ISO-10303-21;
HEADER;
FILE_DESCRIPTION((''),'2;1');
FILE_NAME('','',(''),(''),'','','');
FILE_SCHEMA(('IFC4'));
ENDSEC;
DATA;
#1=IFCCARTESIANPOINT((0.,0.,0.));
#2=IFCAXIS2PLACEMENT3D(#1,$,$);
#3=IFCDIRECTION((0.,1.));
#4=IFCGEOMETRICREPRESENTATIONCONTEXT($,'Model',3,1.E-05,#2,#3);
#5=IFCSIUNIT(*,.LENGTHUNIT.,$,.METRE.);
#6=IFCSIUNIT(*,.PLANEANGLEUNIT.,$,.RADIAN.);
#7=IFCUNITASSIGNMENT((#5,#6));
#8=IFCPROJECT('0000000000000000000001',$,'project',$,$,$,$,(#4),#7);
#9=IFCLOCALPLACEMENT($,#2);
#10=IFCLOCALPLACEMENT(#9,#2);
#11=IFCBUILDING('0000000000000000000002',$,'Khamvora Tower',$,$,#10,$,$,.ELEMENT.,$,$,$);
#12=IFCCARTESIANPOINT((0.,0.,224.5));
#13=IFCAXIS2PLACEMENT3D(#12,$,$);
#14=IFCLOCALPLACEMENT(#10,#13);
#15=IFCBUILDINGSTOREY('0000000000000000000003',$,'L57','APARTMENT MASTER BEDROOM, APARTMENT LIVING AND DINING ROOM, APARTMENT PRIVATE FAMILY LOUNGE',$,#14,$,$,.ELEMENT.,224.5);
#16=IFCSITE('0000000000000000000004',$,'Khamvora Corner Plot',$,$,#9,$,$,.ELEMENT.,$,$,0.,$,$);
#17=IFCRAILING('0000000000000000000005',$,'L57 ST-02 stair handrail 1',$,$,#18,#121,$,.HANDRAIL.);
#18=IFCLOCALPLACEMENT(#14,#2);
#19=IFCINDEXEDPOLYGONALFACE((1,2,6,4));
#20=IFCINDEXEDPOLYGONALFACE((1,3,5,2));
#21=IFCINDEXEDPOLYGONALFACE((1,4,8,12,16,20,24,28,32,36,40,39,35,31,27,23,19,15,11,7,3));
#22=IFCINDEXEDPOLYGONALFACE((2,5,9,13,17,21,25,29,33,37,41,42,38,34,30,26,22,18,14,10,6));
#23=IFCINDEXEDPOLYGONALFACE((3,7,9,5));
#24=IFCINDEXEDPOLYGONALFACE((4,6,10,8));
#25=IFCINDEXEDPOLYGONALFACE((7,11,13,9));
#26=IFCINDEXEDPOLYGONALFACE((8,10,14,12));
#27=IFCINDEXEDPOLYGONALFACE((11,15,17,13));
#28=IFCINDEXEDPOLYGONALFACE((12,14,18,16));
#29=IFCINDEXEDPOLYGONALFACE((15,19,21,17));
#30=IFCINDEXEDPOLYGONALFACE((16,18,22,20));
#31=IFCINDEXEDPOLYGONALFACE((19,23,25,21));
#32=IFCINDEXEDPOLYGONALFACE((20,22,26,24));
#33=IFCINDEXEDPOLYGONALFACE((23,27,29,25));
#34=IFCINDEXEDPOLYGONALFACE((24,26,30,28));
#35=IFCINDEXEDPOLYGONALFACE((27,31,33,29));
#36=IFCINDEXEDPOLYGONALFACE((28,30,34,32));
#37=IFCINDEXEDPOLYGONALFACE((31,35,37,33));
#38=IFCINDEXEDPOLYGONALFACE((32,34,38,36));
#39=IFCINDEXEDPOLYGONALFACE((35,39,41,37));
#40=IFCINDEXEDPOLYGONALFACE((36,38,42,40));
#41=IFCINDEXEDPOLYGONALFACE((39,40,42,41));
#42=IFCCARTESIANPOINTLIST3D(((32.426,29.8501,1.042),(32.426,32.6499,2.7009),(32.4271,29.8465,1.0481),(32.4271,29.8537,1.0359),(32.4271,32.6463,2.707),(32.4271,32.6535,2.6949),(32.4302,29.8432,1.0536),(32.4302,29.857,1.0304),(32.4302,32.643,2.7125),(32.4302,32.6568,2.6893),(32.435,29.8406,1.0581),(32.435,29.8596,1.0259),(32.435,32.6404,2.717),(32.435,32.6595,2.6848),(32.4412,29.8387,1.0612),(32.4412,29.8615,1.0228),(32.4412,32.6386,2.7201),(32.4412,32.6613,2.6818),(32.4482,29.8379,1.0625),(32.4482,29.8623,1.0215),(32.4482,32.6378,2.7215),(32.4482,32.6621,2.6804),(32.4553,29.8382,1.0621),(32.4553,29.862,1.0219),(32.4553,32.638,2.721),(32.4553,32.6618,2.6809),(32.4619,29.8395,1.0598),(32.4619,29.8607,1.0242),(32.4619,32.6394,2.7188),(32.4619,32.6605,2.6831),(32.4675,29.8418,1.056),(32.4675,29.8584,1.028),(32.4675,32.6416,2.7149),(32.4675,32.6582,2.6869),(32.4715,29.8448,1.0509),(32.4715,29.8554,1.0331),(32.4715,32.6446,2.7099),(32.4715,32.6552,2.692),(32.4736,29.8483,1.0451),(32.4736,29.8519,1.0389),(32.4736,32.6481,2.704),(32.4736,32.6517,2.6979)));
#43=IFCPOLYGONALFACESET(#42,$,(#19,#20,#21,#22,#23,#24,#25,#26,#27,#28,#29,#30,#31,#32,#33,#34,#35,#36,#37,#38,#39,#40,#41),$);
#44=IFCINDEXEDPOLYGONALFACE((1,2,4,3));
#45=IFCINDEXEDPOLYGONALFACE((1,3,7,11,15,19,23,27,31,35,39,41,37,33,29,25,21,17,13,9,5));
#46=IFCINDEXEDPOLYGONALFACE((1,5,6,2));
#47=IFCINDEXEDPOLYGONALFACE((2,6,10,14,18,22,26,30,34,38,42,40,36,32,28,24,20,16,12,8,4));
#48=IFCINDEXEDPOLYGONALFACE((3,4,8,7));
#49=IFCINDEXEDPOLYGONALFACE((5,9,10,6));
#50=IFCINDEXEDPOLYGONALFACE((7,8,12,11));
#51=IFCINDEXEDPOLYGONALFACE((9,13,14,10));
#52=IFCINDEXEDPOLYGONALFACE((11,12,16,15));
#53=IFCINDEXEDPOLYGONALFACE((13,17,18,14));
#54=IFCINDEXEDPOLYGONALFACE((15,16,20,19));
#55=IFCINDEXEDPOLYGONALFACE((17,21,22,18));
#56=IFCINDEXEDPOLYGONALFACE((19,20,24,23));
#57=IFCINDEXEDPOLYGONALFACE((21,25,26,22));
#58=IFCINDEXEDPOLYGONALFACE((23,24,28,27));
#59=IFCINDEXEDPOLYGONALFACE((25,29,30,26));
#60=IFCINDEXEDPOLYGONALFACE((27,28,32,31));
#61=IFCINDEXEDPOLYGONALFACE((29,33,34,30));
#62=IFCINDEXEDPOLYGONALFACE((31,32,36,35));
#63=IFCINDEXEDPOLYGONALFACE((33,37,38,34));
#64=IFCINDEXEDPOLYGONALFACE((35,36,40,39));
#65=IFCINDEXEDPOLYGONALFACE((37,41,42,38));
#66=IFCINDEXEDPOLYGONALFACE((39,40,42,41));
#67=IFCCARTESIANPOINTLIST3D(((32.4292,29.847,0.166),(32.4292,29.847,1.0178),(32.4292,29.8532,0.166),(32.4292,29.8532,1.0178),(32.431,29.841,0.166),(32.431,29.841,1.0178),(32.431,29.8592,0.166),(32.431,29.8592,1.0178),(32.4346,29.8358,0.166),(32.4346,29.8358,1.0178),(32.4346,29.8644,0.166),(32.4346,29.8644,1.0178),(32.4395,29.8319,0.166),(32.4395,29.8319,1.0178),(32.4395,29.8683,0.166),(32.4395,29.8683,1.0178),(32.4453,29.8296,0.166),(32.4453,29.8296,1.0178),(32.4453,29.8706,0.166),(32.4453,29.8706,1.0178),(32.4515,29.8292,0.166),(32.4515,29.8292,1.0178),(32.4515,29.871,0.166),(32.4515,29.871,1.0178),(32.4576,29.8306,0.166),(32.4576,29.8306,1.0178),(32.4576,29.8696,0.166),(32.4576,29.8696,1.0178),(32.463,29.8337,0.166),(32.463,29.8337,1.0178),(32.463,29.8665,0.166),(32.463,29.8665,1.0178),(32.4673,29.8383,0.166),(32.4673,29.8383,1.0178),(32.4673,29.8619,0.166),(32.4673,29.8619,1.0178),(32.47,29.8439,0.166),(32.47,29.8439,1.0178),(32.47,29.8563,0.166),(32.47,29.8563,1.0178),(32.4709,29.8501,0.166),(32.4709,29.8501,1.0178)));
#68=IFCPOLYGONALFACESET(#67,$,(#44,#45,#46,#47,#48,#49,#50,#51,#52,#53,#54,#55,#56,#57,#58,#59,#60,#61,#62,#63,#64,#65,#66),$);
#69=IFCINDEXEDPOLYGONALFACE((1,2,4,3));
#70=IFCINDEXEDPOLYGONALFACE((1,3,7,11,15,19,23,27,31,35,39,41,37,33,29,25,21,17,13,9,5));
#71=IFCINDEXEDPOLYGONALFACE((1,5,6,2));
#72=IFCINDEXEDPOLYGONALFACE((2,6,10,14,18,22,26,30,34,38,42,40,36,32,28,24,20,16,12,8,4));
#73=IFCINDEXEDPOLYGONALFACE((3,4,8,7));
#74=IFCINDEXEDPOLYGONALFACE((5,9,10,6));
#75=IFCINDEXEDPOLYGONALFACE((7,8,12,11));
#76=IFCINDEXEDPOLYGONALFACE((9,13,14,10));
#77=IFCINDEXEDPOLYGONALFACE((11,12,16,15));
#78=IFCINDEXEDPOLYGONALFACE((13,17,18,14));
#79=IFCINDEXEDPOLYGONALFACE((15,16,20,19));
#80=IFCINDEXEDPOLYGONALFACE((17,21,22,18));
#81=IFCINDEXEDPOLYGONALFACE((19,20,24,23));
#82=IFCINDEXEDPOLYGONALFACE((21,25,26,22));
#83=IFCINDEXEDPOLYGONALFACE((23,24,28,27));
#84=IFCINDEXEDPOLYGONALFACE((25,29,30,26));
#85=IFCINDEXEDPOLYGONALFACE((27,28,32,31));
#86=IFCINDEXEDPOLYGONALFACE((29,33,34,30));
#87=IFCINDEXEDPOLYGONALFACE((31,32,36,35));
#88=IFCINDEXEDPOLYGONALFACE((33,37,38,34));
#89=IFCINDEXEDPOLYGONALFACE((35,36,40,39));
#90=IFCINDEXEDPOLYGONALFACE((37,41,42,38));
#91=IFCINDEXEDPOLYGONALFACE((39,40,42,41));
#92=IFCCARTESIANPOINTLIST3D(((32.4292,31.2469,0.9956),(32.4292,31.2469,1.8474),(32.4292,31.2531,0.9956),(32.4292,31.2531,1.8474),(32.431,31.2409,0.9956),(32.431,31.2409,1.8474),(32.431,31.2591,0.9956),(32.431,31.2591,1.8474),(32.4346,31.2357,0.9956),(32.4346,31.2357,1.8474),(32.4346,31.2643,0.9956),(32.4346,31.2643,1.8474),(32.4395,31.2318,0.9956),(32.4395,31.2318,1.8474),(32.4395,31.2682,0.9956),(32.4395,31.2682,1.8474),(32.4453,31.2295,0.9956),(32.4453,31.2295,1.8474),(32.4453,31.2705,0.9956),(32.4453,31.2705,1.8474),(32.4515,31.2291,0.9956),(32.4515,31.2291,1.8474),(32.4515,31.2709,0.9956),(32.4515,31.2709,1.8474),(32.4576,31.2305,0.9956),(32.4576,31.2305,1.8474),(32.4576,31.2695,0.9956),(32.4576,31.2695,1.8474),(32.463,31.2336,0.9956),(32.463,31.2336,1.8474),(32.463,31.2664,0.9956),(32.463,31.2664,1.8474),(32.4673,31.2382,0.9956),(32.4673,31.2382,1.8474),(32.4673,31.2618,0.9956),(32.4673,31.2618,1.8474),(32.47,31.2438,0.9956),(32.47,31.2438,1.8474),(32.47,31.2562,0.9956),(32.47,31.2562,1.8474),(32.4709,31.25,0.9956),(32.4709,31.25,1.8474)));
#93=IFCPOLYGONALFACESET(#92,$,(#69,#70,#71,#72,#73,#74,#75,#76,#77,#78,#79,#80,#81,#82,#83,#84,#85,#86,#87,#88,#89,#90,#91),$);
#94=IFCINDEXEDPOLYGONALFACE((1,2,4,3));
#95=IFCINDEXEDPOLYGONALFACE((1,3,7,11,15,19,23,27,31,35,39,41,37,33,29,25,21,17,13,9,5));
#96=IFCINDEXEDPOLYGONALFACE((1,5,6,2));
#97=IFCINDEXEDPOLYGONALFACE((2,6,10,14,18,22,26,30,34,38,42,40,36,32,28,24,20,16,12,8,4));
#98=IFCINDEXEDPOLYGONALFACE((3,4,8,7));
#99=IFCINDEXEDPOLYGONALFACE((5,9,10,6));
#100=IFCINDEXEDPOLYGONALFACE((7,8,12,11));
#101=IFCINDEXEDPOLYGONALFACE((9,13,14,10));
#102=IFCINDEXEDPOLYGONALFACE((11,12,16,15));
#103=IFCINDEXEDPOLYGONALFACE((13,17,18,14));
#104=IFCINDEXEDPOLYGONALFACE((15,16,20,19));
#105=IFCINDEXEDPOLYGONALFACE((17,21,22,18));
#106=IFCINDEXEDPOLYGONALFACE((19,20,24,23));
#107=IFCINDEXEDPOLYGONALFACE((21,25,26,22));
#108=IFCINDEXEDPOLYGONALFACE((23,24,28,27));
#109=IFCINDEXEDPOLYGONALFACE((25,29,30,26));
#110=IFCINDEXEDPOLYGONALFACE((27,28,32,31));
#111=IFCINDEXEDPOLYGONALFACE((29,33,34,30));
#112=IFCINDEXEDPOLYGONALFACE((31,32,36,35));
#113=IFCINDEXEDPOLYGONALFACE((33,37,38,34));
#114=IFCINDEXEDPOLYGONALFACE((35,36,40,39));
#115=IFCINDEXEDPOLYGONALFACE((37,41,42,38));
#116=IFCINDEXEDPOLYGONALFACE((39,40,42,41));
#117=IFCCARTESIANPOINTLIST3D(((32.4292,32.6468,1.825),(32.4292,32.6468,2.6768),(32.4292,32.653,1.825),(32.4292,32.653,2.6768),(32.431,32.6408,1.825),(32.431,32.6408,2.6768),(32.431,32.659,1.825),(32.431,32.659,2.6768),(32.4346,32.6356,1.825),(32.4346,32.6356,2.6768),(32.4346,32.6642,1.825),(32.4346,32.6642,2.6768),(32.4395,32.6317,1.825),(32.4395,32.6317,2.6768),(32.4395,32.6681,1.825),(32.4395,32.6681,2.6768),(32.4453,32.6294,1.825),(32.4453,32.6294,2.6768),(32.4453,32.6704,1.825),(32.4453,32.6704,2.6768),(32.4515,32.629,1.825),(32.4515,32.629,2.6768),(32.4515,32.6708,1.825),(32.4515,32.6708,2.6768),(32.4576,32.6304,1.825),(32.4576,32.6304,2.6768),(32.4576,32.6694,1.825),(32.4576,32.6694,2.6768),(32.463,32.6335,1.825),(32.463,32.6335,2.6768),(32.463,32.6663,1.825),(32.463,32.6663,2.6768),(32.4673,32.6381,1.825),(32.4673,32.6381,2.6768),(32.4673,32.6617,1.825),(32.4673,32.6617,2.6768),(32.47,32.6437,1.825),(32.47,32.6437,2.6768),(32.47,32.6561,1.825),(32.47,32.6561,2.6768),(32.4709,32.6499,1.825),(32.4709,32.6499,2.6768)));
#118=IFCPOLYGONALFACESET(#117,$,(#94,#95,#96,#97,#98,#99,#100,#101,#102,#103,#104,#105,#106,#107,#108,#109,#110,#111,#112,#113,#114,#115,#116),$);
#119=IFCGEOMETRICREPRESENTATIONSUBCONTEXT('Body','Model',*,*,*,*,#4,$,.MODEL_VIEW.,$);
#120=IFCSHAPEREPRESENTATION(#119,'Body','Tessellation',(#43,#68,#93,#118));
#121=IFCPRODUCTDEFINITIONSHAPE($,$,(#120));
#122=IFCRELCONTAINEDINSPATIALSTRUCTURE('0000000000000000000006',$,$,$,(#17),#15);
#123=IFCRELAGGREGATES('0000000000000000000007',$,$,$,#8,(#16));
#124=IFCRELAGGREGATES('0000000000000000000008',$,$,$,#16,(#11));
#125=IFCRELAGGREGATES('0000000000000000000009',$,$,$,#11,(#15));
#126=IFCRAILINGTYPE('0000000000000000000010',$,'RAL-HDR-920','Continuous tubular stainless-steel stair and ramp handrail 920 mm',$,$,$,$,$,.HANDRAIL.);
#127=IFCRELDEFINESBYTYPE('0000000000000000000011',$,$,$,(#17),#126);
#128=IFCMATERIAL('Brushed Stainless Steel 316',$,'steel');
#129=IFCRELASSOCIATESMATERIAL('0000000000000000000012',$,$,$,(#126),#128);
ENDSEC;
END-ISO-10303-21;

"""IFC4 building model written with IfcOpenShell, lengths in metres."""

from ifc_helpers import new_model, si_unit, direction, frame, origin, origin_2d, place, context, subcontext, project, spatial, circle, extrude, material, type_object, element, save


model = new_model("IFC4")

# Units and contexts
model_context = context("Model", 3, precision=1e-05, world=origin(), true_north=direction((0.0, 1.0)))
body_context = subcontext(model_context, "Body", "Model", "MODEL_VIEW")
ifc_project = project(units=[si_unit("LENGTHUNIT", "METRE"), si_unit("PLANEANGLEUNIT", "RADIAN")], contexts=[model_context])

# Site, building, storey
site_placement = place(None, origin())
site = spatial("IfcSite", under=ifc_project, at=site_placement, Name="Khamvora Corner Plot", CompositionType="ELEMENT", RefElevation=0.0)
building_placement = place(site_placement, origin())
building = spatial("IfcBuilding", under=site, at=building_placement, Name="Khamvora Tower", CompositionType="ELEMENT")
storey_placement = place(building_placement, frame((0.0, 0.0, 224.5)))
storey = spatial("IfcBuildingStorey", under=building, at=storey_placement, Name="L57", Description="APARTMENT MASTER BEDROOM, APARTMENT LIVING AND DINING ROOM, APARTMENT PRIVATE FAMILY LOUNGE", CompositionType="ELEMENT", Elevation=224.5)

# Railing
ifc_material_1 = material(Name="Brushed Stainless Steel 316", Category="steel")
railing_type_1 = type_object("IfcRailingType", Name="RAL-HDR-920", Description="Continuous tubular stainless-steel stair and ramp handrail 920 mm", PredefinedType="HANDRAIL", material=ifc_material_1)
railing_1_placement = place(storey_placement, frame((32.45, 29.8501, 0.166)))
element("IfcRailing", 1, at=railing_1_placement, inside=storey, type_object=railing_type_1, Name="L57 ST-02 stair handrail 1", PredefinedType="HANDRAIL", context=body_context, shape_type="SweptSolid", body=[
    extrude(circle(Radius=0.0239, at=origin_2d()), frame((0.0, 0.0, 0.876), z_axis=(0.0, 0.86032, 0.509755), x_axis=(-1.0, 0.0, 0.0)), (0.0, 0.0, 1.0), 3.2544),
    extrude(circle(Radius=0.021, at=origin_2d()), origin(), (0.0, 0.0, 1.0), 0.8518),
    extrude(circle(Radius=0.021, at=origin_2d()), frame((0.0, 1.3999, 0.8296)), (0.0, 0.0, 1.0), 0.8518),
    extrude(circle(Radius=0.021, at=origin_2d()), frame((0.0, 2.7998, 1.6589)), (0.0, 0.0, 1.0), 0.8518),
])

save(model, "model.ifc")
